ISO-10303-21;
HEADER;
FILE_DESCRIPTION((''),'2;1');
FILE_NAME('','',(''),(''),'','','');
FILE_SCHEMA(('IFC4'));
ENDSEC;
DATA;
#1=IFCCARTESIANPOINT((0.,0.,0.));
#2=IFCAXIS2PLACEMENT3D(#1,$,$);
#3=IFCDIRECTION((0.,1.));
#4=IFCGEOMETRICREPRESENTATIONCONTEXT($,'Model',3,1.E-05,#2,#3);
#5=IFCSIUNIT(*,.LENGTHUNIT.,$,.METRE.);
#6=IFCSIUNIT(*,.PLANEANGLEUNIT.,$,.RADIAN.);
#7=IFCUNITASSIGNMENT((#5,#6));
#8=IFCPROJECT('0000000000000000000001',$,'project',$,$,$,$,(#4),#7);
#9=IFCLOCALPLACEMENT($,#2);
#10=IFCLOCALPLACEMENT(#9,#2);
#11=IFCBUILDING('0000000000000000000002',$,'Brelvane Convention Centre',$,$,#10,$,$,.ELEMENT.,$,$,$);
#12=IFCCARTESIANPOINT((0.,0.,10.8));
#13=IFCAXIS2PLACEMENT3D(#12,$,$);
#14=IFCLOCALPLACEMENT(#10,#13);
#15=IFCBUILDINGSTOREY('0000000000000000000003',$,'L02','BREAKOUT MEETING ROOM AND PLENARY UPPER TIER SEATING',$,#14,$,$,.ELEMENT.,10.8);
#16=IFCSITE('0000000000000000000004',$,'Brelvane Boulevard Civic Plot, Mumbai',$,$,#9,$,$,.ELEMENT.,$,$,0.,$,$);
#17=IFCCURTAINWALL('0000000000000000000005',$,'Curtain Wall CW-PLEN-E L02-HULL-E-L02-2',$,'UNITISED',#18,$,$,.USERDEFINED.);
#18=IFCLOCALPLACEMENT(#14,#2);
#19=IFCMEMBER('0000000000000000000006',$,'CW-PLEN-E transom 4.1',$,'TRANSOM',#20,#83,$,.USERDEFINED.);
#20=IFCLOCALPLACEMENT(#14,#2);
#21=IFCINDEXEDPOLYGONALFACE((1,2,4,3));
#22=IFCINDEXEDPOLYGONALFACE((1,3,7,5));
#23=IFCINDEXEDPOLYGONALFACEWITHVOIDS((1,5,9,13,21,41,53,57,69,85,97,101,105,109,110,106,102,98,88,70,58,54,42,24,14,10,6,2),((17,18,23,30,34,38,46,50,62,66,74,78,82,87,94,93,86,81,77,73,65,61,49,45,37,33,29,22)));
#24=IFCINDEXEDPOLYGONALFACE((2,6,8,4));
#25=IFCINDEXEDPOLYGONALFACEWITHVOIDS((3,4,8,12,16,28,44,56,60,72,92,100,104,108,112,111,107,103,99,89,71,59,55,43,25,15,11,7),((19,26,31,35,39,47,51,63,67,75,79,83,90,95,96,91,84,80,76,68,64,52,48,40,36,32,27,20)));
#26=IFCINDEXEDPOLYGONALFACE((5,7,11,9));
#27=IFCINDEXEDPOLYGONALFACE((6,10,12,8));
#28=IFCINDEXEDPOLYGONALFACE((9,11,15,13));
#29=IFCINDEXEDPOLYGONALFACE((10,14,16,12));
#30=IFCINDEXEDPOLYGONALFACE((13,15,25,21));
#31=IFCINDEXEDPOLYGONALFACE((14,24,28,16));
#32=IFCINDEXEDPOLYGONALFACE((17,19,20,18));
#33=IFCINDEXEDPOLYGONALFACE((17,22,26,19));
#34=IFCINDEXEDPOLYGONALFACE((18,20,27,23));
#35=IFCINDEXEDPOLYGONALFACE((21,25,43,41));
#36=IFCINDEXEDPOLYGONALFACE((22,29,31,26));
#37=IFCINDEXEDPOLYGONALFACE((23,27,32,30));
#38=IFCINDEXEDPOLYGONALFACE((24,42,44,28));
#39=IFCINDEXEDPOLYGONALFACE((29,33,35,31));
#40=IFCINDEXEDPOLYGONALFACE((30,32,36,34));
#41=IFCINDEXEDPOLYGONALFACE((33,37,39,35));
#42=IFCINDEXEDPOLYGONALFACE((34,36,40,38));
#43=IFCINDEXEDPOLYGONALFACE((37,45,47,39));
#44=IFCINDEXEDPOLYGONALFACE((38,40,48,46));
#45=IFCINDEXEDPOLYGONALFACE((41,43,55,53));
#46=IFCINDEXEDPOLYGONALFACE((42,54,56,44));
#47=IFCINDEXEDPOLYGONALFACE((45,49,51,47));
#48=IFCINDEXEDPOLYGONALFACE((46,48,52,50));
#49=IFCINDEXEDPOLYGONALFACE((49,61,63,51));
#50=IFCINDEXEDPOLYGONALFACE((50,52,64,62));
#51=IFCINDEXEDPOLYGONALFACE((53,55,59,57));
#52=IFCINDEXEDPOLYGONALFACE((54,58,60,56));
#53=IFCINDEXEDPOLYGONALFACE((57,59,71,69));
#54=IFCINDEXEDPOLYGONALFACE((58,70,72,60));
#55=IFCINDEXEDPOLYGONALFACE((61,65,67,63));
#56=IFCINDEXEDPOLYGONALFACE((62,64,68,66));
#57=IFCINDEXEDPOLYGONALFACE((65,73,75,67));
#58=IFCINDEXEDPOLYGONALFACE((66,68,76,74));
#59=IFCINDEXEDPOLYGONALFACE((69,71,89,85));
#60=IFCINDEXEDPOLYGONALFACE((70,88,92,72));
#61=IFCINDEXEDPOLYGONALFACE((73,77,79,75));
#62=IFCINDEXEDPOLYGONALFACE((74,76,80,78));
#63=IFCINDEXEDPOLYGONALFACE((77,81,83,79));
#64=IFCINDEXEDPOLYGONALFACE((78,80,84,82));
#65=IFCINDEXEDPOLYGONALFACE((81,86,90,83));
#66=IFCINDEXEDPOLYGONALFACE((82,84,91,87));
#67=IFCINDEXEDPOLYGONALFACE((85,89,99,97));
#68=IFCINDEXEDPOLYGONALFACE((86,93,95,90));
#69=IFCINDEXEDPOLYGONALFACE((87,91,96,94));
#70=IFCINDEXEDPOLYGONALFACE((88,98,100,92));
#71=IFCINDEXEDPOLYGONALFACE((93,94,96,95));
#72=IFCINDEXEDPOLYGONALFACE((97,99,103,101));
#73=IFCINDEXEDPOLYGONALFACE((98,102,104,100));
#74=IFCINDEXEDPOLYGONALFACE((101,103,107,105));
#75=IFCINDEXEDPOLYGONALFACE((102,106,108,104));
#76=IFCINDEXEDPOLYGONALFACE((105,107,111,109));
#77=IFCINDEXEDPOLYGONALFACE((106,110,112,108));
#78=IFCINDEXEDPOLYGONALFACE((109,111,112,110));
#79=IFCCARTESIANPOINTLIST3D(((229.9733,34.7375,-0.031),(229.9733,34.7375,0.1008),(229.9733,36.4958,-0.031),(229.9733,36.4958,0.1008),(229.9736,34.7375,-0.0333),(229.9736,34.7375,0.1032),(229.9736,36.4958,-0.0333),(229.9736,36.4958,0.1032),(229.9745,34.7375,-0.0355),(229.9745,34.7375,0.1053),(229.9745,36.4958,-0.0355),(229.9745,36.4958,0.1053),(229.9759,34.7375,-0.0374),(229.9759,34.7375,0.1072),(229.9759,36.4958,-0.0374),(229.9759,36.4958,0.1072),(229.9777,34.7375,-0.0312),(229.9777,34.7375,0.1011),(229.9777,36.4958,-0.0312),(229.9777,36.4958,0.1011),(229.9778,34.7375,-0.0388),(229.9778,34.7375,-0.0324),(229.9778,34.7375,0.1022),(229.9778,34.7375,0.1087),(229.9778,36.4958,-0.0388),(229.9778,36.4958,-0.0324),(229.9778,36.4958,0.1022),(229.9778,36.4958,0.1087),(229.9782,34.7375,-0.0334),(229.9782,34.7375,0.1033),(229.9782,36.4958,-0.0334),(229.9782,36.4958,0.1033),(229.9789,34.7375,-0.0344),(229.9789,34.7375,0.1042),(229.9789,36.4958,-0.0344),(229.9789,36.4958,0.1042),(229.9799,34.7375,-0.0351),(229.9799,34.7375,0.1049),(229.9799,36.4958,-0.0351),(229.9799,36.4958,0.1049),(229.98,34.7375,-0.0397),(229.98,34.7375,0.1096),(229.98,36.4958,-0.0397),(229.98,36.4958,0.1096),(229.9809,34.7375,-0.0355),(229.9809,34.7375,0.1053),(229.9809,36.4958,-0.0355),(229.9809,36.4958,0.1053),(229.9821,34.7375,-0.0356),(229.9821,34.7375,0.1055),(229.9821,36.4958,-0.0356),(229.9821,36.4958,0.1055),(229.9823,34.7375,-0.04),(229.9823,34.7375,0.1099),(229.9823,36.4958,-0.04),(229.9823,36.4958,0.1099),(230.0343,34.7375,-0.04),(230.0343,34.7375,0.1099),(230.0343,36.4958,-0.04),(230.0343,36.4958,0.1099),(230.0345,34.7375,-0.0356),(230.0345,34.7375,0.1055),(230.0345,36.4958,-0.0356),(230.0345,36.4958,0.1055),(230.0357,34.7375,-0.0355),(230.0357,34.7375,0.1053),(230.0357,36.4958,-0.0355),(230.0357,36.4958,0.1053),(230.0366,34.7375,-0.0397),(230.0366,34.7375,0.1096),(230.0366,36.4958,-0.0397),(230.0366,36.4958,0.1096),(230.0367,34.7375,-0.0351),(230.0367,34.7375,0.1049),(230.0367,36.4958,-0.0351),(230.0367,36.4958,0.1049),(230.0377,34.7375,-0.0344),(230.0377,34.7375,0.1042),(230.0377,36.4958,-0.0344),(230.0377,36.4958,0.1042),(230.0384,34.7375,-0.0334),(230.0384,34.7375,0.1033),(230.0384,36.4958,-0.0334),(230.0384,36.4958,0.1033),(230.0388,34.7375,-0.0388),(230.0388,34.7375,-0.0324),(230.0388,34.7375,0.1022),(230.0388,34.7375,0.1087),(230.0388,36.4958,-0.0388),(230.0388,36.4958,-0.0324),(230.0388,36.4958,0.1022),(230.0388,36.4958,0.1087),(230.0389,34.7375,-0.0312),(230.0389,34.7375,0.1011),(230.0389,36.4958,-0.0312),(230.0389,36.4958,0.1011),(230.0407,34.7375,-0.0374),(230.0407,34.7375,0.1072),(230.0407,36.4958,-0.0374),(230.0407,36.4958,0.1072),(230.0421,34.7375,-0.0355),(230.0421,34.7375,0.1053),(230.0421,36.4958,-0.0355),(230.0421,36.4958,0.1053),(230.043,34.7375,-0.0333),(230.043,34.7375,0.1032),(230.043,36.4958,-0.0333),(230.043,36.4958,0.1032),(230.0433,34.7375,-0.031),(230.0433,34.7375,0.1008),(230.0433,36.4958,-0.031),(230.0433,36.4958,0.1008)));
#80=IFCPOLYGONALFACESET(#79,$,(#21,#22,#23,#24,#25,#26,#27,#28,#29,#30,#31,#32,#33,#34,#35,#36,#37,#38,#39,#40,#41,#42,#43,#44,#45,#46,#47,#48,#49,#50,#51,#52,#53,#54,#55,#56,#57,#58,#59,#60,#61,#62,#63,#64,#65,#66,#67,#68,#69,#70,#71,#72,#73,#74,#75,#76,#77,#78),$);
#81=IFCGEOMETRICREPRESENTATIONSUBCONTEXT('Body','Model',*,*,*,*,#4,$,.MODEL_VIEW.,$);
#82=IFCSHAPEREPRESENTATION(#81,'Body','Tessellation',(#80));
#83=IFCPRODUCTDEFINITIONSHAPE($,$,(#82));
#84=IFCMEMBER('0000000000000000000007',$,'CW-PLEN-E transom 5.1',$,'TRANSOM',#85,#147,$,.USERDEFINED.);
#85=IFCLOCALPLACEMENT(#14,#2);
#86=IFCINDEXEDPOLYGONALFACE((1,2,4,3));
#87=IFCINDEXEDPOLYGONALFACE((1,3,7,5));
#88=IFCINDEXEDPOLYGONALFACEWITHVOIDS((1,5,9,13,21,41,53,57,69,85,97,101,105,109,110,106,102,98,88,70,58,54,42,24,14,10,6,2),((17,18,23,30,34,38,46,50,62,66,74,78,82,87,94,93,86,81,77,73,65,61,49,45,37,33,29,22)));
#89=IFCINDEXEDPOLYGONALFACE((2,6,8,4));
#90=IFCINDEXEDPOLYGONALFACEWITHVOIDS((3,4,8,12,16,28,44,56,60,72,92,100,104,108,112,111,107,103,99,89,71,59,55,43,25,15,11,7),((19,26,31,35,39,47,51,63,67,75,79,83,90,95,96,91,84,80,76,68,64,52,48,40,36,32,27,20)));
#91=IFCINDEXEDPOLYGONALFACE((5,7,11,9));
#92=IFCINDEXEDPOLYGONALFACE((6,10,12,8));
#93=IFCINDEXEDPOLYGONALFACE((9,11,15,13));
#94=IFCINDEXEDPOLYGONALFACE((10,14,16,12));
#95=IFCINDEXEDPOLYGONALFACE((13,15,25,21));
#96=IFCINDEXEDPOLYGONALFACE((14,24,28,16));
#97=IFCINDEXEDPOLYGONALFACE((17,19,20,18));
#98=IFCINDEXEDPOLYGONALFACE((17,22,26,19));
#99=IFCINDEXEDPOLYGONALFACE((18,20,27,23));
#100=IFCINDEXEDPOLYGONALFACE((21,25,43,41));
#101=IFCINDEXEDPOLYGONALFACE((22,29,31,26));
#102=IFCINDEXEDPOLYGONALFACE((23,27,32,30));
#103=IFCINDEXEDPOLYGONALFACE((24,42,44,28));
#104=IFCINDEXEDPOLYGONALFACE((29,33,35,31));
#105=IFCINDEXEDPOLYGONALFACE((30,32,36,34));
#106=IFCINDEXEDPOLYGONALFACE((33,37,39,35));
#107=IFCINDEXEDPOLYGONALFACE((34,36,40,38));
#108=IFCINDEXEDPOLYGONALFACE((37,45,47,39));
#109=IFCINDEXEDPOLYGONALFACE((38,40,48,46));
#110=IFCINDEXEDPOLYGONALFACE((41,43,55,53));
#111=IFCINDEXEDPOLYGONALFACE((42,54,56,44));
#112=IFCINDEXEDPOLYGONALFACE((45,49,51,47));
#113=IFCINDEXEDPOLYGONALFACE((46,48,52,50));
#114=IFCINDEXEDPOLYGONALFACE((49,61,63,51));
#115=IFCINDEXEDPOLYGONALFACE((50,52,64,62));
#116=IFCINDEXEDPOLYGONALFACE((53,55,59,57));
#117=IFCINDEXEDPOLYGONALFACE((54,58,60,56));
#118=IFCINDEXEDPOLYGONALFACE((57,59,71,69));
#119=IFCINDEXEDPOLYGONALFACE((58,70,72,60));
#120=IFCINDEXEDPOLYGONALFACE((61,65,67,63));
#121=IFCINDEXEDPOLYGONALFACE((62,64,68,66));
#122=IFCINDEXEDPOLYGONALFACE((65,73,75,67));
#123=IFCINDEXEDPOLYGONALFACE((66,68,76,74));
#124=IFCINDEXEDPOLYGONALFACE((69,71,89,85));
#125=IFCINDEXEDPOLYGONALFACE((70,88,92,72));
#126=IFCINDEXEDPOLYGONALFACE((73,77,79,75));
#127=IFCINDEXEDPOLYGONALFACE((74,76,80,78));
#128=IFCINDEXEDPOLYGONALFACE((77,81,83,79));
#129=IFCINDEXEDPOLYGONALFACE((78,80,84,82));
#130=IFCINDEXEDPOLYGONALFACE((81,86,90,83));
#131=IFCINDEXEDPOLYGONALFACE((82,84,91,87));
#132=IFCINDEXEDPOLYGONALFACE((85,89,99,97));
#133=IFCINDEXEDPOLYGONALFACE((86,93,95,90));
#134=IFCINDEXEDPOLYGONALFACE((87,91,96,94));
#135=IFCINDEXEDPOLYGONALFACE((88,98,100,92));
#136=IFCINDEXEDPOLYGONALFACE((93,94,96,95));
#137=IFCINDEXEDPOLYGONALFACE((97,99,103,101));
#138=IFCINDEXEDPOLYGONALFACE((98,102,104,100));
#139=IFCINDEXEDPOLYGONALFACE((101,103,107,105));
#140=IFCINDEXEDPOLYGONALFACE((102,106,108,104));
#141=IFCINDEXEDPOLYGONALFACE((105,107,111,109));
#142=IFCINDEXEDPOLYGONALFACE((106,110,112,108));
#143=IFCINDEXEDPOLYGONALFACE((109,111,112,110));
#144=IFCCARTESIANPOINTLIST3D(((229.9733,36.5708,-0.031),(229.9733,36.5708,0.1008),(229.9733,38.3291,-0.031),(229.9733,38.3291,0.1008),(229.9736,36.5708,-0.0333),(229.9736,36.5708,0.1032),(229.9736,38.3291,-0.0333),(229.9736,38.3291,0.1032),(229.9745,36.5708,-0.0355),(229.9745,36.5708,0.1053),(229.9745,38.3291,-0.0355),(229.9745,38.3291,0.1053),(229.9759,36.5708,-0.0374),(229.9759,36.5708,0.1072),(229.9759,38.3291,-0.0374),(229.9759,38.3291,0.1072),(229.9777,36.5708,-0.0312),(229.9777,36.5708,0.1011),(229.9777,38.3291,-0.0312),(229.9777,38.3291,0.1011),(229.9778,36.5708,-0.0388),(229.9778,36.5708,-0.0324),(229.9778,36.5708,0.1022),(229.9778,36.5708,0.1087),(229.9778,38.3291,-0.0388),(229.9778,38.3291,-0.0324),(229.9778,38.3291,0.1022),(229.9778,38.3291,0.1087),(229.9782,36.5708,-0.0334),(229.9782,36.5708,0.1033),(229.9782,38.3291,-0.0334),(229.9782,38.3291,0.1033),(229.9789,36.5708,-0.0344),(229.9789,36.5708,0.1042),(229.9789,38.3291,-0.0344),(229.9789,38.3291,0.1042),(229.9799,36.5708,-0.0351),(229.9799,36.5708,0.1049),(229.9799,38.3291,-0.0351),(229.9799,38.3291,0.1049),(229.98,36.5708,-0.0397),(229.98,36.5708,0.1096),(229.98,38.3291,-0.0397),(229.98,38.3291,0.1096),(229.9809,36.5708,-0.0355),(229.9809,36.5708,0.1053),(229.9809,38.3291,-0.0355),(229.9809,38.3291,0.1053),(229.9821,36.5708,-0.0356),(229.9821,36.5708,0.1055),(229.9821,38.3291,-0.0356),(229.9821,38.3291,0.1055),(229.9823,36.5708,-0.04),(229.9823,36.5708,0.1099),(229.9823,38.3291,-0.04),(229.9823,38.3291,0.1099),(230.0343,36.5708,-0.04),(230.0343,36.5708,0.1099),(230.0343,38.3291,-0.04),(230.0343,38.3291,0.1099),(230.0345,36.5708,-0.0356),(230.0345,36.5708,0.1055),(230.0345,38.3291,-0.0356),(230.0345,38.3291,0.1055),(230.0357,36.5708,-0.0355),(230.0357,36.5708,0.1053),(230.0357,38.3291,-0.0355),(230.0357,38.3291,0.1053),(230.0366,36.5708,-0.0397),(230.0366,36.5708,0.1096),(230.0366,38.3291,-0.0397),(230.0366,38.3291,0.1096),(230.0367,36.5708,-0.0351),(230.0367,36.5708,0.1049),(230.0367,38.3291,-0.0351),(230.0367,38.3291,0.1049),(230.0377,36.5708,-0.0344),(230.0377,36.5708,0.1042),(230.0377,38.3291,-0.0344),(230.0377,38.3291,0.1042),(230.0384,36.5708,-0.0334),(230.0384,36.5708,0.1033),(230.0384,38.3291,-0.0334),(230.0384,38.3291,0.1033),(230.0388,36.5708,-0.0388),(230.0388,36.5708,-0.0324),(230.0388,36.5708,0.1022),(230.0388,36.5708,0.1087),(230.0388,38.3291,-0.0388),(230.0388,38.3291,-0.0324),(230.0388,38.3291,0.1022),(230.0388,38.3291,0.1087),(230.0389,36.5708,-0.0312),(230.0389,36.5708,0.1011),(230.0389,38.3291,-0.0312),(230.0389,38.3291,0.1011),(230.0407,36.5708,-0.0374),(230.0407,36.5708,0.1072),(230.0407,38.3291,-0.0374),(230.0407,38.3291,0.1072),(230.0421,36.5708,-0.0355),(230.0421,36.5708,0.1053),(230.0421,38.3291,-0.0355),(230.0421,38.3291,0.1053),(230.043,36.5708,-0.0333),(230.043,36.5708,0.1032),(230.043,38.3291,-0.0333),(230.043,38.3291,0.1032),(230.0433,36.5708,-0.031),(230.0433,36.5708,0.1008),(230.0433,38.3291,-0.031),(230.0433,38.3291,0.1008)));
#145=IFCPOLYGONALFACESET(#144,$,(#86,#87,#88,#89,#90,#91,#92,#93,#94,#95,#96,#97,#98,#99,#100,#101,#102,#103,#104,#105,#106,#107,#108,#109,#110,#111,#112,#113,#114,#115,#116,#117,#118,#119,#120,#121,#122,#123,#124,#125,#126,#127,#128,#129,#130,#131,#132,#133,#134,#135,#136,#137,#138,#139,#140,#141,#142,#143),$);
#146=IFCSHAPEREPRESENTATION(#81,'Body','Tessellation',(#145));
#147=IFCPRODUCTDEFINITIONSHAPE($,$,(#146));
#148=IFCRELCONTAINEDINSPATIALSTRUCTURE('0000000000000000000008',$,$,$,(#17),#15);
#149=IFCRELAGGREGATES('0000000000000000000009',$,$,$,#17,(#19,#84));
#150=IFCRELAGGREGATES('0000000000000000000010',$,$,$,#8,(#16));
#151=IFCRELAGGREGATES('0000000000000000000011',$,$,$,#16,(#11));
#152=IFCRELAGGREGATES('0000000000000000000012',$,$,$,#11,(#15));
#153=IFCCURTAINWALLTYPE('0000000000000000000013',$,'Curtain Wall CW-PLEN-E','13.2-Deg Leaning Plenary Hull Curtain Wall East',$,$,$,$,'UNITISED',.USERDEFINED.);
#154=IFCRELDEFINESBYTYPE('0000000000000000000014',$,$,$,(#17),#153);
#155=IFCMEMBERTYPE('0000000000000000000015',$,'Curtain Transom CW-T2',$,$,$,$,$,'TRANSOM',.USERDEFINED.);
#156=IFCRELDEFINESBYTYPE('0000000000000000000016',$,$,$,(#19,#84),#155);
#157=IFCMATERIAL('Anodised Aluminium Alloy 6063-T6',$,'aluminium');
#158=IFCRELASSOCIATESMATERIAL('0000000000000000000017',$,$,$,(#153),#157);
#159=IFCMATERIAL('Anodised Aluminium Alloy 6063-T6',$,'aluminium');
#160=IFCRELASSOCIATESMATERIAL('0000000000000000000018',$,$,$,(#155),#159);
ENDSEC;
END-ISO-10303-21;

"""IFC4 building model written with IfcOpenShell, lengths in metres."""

from ifc_helpers import new_model, si_unit, direction, frame, origin, origin_2d, place, context, subcontext, project, spatial, hollow_rectangle, extrude, material, material_profile, profile_set, type_object, element, aggregate, save


model = new_model("IFC4")

# Units and contexts
model_context = context("Model", 3, precision=1e-05, world=origin(), true_north=direction((0.0, 1.0)))
body_context = subcontext(model_context, "Body", "Model", "MODEL_VIEW")
ifc_project = project(units=[si_unit("LENGTHUNIT", "METRE"), si_unit("PLANEANGLEUNIT", "RADIAN")], contexts=[model_context])

# Site, building, storey
site_placement = place(None, origin())
site = spatial("IfcSite", under=ifc_project, at=site_placement, Name="Brelvane Boulevard Civic Plot, Mumbai", CompositionType="ELEMENT", RefElevation=0.0)
building_placement = place(site_placement, origin())
building = spatial("IfcBuilding", under=site, at=building_placement, Name="Brelvane Convention Centre", CompositionType="ELEMENT")
storey_placement = place(building_placement, frame((0.0, 0.0, 10.8)))
storey = spatial("IfcBuildingStorey", under=building, at=storey_placement, Name="L02", Description="BREAKOUT MEETING ROOM AND PLENARY UPPER TIER SEATING", CompositionType="ELEMENT", Elevation=10.8)

# Curtain wall
ifc_material_1 = material(Name="Anodised Aluminium Alloy 6063-T6", Category="aluminium")
curtain_wall_type = type_object("IfcCurtainWallType", Name="Curtain Wall CW-PLEN-E", Description="13.2-Deg Leaning Plenary Hull Curtain Wall East", ElementType="UNITISED", PredefinedType="USERDEFINED", material=ifc_material_1)
curtain_wall_1_placement = place(storey_placement, origin())
curtain_wall_1 = element("IfcCurtainWall", 1, at=curtain_wall_1_placement, inside=storey, type_object=curtain_wall_type, Name="Curtain Wall CW-PLEN-E L02-HULL-E-L02-2", ObjectType="UNITISED", PredefinedType="USERDEFINED")
ifc_material_2 = material(Name="Anodised Aluminium Alloy 6063-T6", Category="aluminium")
ifc_material_profile_1 = material_profile(ifc_material_2, hollow_rectangle(XDim=0.0701, YDim=0.1499, WallThickness=0.0044, InnerFilletRadius=0.0044, OuterFilletRadius=0.009, at=origin_2d()), Name="ALU-T 150x70x4.5")
ifc_profile_set_1 = profile_set([ifc_material_profile_1], Name="Anodised Aluminium Alloy 6063-T6")
member_type_1 = type_object("IfcMemberType", Name="Curtain Transom CW-T2", ElementType="TRANSOM", PredefinedType="USERDEFINED", material=ifc_profile_set_1)

# Members
member_1_placement = place(storey_placement, frame((230.0083, 34.7375, 0.0349), z_axis=(0.0, 1.0, 0.0), x_axis=(-1.0, 0.0, 0.0)))
member_1 = element("IfcMember", 2, at=member_1_placement, type_object=member_type_1, Name="CW-PLEN-E transom 4.1", ObjectType="TRANSOM", PredefinedType="USERDEFINED", context=body_context, shape_type="SweptSolid", body=[
    extrude(hollow_rectangle(XDim=0.0701, YDim=0.1499, WallThickness=0.0044, InnerFilletRadius=0.0044, OuterFilletRadius=0.009, at=origin_2d()), origin(), (0.0, 0.0, 1.0), 1.7583),
])
member_2_placement = place(storey_placement, frame((230.0083, 36.5708, 0.0349), z_axis=(0.0, 1.0, 0.0), x_axis=(-1.0, 0.0, 0.0)))
member_2 = element("IfcMember", 3, at=member_2_placement, type_object=member_type_1, Name="CW-PLEN-E transom 5.1", ObjectType="TRANSOM", PredefinedType="USERDEFINED", context=body_context, shape_type="SweptSolid", body=[
    extrude(hollow_rectangle(XDim=0.0701, YDim=0.1499, WallThickness=0.0044, InnerFilletRadius=0.0044, OuterFilletRadius=0.009, at=origin_2d()), origin(), (0.0, 0.0, 1.0), 1.7583),
])

aggregate(curtain_wall_1, [member_1, member_2])

save(model, "model.ifc")
